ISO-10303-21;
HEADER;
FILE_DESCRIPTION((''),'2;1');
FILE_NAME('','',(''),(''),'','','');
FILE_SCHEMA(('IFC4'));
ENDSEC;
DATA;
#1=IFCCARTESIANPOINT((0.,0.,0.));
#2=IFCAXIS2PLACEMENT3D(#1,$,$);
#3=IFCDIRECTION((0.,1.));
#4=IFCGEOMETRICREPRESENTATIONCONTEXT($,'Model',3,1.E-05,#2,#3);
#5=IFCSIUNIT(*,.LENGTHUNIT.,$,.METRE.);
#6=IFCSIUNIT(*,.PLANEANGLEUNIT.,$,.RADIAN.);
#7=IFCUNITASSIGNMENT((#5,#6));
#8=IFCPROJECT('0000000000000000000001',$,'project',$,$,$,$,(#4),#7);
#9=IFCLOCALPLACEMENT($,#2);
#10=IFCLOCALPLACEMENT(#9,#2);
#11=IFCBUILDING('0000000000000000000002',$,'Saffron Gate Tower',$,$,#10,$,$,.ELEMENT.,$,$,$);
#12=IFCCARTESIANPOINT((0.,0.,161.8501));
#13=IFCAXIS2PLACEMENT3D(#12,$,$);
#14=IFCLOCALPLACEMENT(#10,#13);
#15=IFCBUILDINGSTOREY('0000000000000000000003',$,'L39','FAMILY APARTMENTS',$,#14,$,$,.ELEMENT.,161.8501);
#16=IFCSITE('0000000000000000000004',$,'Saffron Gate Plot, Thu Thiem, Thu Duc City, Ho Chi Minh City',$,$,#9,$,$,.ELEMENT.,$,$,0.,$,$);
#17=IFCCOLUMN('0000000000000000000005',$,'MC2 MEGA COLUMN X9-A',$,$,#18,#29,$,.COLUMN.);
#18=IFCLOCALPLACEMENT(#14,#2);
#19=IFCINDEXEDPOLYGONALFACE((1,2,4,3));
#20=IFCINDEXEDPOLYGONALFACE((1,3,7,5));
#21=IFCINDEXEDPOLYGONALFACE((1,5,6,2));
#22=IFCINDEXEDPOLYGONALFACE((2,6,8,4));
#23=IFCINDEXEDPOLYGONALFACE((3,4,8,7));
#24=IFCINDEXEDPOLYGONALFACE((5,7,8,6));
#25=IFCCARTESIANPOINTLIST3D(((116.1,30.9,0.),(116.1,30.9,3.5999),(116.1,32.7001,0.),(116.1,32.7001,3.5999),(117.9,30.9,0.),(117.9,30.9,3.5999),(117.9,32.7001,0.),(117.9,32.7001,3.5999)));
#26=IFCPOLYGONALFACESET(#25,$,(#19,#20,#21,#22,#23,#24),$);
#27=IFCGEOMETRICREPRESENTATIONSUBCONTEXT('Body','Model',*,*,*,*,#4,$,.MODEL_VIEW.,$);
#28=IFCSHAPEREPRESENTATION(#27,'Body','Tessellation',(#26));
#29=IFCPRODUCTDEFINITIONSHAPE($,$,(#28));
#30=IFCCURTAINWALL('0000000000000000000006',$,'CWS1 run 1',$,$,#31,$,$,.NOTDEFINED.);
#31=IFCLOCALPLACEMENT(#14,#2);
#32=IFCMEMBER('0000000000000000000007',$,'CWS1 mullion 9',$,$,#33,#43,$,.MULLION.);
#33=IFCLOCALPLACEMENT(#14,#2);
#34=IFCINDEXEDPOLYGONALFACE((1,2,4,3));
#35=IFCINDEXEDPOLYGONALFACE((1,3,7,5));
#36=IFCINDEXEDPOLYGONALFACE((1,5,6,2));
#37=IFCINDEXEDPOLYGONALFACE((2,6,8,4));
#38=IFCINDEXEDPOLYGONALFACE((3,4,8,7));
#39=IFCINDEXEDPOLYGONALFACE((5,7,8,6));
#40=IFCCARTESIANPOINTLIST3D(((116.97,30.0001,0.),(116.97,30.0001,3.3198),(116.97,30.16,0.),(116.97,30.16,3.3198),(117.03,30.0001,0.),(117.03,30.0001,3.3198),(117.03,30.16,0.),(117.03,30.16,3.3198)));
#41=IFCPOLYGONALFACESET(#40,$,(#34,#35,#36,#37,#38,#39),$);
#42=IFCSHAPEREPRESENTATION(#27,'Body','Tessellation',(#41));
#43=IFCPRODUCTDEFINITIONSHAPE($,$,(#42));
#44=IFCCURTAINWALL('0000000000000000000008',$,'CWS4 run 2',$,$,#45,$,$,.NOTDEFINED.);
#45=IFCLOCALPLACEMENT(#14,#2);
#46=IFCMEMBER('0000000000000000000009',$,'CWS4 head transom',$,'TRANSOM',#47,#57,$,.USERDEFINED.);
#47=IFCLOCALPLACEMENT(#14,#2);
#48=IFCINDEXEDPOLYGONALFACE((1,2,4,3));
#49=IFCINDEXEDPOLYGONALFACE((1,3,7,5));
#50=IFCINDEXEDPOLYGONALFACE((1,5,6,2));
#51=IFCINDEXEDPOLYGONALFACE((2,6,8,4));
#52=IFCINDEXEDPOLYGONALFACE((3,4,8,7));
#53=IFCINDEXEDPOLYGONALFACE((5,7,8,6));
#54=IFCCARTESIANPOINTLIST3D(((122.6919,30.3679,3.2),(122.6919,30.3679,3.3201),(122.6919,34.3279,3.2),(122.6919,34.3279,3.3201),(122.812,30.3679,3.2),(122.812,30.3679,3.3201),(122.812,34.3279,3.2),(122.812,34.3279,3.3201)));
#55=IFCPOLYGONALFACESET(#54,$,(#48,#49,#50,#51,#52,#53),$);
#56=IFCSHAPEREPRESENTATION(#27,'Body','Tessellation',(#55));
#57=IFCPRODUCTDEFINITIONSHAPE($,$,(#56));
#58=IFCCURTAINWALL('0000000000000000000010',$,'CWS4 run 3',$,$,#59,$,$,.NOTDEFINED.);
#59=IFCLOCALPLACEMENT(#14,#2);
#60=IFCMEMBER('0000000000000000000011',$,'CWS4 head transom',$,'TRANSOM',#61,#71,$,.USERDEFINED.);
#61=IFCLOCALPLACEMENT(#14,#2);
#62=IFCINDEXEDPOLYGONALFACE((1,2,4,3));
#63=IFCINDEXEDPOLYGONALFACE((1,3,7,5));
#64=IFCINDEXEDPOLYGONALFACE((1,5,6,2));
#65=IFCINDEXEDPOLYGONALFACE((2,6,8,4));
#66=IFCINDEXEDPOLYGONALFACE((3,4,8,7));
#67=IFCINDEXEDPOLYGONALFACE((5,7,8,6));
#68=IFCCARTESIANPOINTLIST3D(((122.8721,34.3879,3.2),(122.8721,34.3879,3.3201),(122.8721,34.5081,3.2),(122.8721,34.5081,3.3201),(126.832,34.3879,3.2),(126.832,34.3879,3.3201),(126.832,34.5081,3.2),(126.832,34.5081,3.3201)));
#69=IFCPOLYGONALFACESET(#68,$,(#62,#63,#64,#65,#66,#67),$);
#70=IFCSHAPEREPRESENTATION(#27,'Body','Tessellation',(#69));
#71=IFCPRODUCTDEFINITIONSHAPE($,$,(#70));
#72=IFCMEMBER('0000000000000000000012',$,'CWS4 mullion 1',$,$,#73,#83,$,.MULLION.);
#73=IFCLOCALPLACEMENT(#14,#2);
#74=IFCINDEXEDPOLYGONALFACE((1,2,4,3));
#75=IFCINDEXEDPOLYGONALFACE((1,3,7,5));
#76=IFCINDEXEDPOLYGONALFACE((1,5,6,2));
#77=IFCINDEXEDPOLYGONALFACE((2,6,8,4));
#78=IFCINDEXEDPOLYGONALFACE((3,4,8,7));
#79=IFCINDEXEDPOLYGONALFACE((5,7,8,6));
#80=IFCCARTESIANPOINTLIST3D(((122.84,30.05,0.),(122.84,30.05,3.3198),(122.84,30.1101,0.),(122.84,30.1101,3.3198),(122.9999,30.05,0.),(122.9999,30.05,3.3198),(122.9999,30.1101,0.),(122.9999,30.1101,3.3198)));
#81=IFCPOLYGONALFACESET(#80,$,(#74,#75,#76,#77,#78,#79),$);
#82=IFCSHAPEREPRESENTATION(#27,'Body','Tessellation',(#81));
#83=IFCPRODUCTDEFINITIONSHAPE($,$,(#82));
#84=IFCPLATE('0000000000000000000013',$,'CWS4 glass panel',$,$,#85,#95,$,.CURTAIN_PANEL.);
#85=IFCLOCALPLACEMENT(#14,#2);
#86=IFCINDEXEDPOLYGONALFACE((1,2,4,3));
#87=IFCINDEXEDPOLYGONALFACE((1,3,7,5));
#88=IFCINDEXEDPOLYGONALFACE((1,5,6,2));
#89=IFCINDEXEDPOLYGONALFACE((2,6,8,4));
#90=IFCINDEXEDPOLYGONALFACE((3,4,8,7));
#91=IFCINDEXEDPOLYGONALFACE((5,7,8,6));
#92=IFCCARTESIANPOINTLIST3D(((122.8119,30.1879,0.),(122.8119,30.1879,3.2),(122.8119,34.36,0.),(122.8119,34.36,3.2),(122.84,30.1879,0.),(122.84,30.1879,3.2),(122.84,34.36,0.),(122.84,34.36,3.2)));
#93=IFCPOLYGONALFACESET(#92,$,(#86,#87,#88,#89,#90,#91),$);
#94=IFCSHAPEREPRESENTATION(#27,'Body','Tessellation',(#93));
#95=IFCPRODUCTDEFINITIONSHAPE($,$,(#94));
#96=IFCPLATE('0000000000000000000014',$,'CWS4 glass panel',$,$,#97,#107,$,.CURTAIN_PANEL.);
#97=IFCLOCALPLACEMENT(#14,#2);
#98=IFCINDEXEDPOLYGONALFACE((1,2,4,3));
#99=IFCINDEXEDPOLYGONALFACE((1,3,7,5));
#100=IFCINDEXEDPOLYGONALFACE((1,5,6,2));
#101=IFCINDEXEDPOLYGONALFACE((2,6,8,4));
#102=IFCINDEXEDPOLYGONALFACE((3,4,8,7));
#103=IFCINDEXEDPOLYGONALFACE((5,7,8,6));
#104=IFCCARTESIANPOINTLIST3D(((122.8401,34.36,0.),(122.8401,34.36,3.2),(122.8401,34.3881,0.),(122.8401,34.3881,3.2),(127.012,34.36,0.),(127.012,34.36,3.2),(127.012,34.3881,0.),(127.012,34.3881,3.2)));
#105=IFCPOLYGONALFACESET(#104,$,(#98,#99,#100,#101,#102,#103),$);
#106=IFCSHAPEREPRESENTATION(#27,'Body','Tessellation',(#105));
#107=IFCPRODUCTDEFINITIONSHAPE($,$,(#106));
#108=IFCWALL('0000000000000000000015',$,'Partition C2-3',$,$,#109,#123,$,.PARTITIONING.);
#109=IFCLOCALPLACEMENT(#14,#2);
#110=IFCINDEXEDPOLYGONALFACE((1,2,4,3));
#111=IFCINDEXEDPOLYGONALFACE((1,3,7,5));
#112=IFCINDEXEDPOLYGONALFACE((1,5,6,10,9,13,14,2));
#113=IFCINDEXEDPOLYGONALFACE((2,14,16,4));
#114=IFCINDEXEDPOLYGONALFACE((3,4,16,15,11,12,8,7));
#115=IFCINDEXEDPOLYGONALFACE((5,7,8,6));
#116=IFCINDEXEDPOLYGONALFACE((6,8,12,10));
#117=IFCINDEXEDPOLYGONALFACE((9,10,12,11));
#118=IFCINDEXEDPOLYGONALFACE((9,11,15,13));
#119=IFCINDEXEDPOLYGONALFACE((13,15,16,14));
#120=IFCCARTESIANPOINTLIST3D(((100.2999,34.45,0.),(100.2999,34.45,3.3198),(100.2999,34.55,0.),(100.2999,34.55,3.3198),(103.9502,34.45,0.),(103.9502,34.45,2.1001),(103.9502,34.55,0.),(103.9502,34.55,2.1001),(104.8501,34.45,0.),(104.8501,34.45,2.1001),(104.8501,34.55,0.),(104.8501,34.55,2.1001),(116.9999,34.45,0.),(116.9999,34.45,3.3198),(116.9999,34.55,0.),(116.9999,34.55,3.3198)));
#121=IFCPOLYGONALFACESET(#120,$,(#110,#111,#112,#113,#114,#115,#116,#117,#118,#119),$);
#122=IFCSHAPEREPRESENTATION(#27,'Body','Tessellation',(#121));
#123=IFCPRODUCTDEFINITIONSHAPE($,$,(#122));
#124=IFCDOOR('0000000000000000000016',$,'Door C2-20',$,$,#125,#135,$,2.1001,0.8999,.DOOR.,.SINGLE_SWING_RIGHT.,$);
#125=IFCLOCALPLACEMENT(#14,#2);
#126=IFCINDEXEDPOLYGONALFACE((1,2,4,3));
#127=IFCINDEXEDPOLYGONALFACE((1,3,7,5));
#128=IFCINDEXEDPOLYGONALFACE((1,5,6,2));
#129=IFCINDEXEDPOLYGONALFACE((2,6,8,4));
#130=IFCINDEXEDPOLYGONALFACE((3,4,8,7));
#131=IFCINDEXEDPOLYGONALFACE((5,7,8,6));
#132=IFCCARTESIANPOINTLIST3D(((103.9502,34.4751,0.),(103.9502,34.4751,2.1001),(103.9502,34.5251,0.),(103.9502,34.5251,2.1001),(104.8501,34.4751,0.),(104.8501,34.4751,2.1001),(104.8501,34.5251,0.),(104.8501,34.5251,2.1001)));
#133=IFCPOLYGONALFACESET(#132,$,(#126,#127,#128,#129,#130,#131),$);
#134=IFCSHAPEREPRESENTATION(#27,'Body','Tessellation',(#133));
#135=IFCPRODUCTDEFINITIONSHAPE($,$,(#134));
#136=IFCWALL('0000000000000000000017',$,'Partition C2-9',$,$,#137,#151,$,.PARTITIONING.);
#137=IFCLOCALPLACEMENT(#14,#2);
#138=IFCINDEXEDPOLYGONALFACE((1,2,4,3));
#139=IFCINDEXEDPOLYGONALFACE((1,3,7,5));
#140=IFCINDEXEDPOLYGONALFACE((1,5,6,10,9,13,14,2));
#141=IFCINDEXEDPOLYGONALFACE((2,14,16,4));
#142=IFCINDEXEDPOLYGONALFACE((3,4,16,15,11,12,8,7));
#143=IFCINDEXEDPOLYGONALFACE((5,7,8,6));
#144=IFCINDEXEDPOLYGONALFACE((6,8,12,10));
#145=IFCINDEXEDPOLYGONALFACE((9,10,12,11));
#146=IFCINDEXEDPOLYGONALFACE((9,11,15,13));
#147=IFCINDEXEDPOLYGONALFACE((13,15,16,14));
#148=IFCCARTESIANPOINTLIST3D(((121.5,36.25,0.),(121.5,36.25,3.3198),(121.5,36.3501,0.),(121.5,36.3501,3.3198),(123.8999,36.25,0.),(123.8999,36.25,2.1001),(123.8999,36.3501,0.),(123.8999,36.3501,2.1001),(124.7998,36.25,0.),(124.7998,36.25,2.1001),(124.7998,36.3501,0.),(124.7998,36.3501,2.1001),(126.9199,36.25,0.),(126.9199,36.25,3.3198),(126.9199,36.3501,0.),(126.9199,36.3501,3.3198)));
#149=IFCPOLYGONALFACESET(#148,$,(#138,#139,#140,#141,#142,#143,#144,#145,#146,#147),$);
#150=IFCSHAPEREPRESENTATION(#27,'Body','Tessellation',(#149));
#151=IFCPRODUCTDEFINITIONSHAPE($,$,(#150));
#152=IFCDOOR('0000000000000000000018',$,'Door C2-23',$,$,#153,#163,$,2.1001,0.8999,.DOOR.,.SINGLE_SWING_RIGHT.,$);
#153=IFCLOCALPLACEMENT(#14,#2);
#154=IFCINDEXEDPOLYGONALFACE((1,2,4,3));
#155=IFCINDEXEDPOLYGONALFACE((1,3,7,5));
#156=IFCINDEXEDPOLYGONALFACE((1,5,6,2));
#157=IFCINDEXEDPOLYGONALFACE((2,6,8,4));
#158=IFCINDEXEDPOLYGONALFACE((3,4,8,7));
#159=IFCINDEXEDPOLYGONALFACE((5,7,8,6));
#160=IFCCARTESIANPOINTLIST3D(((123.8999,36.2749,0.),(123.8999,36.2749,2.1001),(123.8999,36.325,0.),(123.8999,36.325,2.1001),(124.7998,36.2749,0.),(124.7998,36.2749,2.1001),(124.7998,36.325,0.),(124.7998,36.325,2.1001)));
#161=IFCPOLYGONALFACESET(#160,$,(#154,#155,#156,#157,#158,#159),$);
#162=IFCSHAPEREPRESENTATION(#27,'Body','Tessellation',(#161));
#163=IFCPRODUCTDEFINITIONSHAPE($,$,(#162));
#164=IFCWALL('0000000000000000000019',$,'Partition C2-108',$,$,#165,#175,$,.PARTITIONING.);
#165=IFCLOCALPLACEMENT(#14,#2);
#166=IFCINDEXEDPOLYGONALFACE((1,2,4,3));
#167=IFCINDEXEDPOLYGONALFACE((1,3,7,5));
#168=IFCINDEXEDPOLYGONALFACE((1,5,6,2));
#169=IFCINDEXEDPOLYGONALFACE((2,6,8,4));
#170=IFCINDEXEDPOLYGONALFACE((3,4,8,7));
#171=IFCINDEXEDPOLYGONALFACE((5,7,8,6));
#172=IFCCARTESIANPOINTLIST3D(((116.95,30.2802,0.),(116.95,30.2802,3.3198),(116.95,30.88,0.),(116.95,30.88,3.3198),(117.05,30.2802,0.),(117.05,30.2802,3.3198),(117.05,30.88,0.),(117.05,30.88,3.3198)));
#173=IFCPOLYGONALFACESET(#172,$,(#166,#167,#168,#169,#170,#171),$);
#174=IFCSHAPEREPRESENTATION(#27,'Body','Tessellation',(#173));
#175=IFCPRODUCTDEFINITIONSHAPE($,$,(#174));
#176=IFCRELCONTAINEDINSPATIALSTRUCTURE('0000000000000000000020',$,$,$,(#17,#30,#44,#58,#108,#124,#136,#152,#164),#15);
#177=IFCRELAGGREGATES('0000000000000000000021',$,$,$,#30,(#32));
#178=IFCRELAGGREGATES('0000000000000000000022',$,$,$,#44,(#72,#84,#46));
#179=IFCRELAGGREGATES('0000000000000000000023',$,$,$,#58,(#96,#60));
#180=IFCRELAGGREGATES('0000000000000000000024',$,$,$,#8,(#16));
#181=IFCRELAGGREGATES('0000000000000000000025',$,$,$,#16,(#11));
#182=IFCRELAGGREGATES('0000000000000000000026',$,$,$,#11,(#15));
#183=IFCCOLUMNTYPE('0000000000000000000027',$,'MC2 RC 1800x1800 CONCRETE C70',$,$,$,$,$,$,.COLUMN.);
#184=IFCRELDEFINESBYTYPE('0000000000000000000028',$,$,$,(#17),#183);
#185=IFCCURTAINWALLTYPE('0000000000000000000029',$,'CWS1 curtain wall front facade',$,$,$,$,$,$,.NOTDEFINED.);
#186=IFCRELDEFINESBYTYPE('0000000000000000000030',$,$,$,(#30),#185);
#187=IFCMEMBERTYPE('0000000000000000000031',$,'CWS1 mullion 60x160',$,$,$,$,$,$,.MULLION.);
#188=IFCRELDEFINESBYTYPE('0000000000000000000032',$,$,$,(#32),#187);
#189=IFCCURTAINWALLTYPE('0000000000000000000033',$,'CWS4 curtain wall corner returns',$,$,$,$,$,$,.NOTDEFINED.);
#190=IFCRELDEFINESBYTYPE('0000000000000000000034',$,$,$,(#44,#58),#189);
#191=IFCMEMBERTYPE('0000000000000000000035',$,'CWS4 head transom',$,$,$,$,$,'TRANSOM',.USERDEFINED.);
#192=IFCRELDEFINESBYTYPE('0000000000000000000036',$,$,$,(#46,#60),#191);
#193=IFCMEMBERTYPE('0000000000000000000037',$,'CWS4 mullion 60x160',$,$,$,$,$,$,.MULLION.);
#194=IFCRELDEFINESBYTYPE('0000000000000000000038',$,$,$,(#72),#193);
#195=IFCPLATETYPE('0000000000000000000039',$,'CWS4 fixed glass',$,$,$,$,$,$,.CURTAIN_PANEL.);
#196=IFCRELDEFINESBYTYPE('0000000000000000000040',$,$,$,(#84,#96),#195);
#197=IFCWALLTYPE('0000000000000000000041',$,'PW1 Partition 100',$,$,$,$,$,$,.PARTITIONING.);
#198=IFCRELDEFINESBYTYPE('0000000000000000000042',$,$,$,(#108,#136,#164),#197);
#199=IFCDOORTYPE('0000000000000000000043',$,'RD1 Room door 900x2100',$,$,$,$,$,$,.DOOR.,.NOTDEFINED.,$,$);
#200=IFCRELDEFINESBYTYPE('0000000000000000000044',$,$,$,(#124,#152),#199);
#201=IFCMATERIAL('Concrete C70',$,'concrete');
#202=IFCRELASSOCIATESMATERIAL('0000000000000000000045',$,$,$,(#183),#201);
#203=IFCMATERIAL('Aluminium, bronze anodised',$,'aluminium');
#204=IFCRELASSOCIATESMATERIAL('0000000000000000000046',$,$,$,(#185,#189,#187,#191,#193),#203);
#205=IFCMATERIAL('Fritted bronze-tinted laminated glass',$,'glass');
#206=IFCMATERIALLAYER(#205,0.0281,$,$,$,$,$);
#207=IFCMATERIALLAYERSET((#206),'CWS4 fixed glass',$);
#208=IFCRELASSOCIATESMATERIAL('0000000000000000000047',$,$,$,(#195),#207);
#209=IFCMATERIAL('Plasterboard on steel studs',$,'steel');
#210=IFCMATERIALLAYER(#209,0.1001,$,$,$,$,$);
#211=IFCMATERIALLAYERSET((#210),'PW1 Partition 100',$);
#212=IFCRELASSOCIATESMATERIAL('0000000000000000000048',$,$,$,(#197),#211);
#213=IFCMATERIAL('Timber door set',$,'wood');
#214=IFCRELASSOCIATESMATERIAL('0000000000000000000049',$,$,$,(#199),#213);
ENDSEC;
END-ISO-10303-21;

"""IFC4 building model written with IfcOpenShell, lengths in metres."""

from ifc_helpers import new_model, si_unit, direction, frame, frame_2d, origin, origin_2d, place, context, subcontext, project, spatial, rectangle, extrude, material, layer, layer_set, material_profile, profile_set, type_object, element, fill, aggregate, save


model = new_model("IFC4")

# Units and contexts
model_context = context("Model", 3, precision=1e-05, world=origin(), true_north=direction((0.0, 1.0)))
body_context = subcontext(model_context, "Body", "Model", "MODEL_VIEW")
ifc_project = project(units=[si_unit("LENGTHUNIT", "METRE"), si_unit("PLANEANGLEUNIT", "RADIAN")], contexts=[model_context])

# Site, building, storey
site_placement = place(None, origin())
site = spatial("IfcSite", under=ifc_project, at=site_placement, Name="Saffron Gate Plot, Thu Thiem, Thu Duc City, Ho Chi Minh City", CompositionType="ELEMENT", RefElevation=0.0)
building_placement = place(site_placement, origin())
building = spatial("IfcBuilding", under=site, at=building_placement, Name="Saffron Gate Tower", CompositionType="ELEMENT")
storey_placement = place(building_placement, frame((0.0, 0.0, 161.8501)))
storey = spatial("IfcBuildingStorey", under=building, at=storey_placement, Name="L39", Description="FAMILY APARTMENTS", CompositionType="ELEMENT", Elevation=161.8501)

# Column
ifc_material_1 = material(Name="Concrete C70", Category="concrete")
ifc_material_profile_1 = material_profile(ifc_material_1, rectangle(XDim=1.8, YDim=1.8, at=origin_2d()))
ifc_profile_set_1 = profile_set([ifc_material_profile_1], Name="Concrete C70")
column_type = type_object("IfcColumnType", Name="MC2 RC 1800x1800 CONCRETE C70", PredefinedType="COLUMN", material=ifc_profile_set_1)
column_placement = place(storey_placement, frame((117.0, 31.8, 0.0), z_axis=(0.0, 0.0, 1.0), x_axis=(1.0, 0.0, 0.0)))
element("IfcColumn", 1, at=column_placement, inside=storey, type_object=column_type, Name="MC2 MEGA COLUMN X9-A", PredefinedType="COLUMN", context=body_context, shape_type="SweptSolid", body=[
    extrude(rectangle(XDim=1.8, YDim=1.8, at=origin_2d()), origin(), (0.0, 0.0, 1.0), 3.5999),
])

# Curtain walls, members
ifc_material_2 = material(Name="Aluminium, bronze anodised", Category="aluminium")
curtain_wall_type_1 = type_object("IfcCurtainWallType", Name="CWS1 curtain wall front facade", PredefinedType="NOTDEFINED", material=ifc_material_2)
curtain_wall_1_placement = place(storey_placement, origin())
curtain_wall_1 = element("IfcCurtainWall", 2, at=curtain_wall_1_placement, inside=storey, type_object=curtain_wall_type_1, Name="CWS1 run 1", PredefinedType="NOTDEFINED")
ifc_material_profile_2 = material_profile(ifc_material_2, rectangle(XDim=0.1599, YDim=0.0601, at=origin_2d()))
ifc_profile_set_2 = profile_set([ifc_material_profile_2], Name="Aluminium, bronze anodised")
member_type_1 = type_object("IfcMemberType", Name="CWS1 mullion 60x160", PredefinedType="MULLION", material=ifc_profile_set_2)
member_1_placement = place(storey_placement, frame((117.0, 30.0801, 0.0), z_axis=(0.0, 0.0, 1.0), x_axis=(0.0, 1.0, 0.0)))
member_1 = element("IfcMember", 3, at=member_1_placement, type_object=member_type_1, Name="CWS1 mullion 9", PredefinedType="MULLION", context=body_context, shape_type="SweptSolid", body=[
    extrude(rectangle(XDim=0.1599, YDim=0.0601, at=origin_2d()), origin(), (0.0, 0.0, 1.0), 3.3198),
])
aggregate(curtain_wall_1, [member_1])
curtain_wall_type_2 = type_object("IfcCurtainWallType", Name="CWS4 curtain wall corner returns", PredefinedType="NOTDEFINED", material=ifc_material_2)
curtain_wall_2_placement = place(storey_placement, origin())
curtain_wall_2 = element("IfcCurtainWall", 4, at=curtain_wall_2_placement, inside=storey, type_object=curtain_wall_type_2, Name="CWS4 run 2", PredefinedType="NOTDEFINED")
ifc_material_profile_3 = material_profile(ifc_material_2, rectangle(XDim=0.1201, YDim=0.1201, at=origin_2d()))
ifc_profile_set_3 = profile_set([ifc_material_profile_3], Name="Aluminium, bronze anodised")
member_type_2 = type_object("IfcMemberType", Name="CWS4 head transom", ElementType="TRANSOM", PredefinedType="USERDEFINED", material=ifc_profile_set_3)
member_2_placement = place(storey_placement, frame((122.752, 30.3679, 3.26), z_axis=(0.0, 1.0, 0.0), x_axis=(-1.0, 0.0, 0.0)))
member_2 = element("IfcMember", 5, at=member_2_placement, type_object=member_type_2, Name="CWS4 head transom", ObjectType="TRANSOM", PredefinedType="USERDEFINED", context=body_context, shape_type="SweptSolid", body=[
    extrude(rectangle(XDim=0.1201, YDim=0.1201, at=origin_2d()), origin(), (0.0, 0.0, 1.0), 3.96),
])
curtain_wall_3_placement = place(storey_placement, origin())
curtain_wall_3 = element("IfcCurtainWall", 6, at=curtain_wall_3_placement, inside=storey, type_object=curtain_wall_type_2, Name="CWS4 run 3", PredefinedType="NOTDEFINED")
member_3_placement = place(storey_placement, frame((122.8721, 34.448, 3.26), z_axis=(1.0, 0.0, 0.0), x_axis=(0.0, 1.0, 0.0)))
member_3 = element("IfcMember", 7, at=member_3_placement, type_object=member_type_2, Name="CWS4 head transom", ObjectType="TRANSOM", PredefinedType="USERDEFINED", context=body_context, shape_type="SweptSolid", body=[
    extrude(rectangle(XDim=0.1201, YDim=0.1201, at=origin_2d()), origin(), (0.0, 0.0, 1.0), 3.96),
])

# Member
ifc_material_profile_4 = material_profile(ifc_material_2, rectangle(XDim=0.1599, YDim=0.0601, at=origin_2d()))
ifc_profile_set_4 = profile_set([ifc_material_profile_4], Name="Aluminium, bronze anodised")
member_type_3 = type_object("IfcMemberType", Name="CWS4 mullion 60x160", PredefinedType="MULLION", material=ifc_profile_set_4)
member_4_placement = place(storey_placement, frame((122.9199, 30.0801, 0.0), z_axis=(0.0, 0.0, 1.0), x_axis=(-1.0, 0.0, 0.0)))
member_4 = element("IfcMember", 8, at=member_4_placement, type_object=member_type_3, Name="CWS4 mullion 1", PredefinedType="MULLION", context=body_context, shape_type="SweptSolid", body=[
    extrude(rectangle(XDim=0.1599, YDim=0.0601, at=origin_2d()), origin(), (0.0, 0.0, 1.0), 3.3198),
])

# Plates
ifc_material_3 = material(Name="Fritted bronze-tinted laminated glass", Category="glass")
ifc_layer_1 = layer(ifc_material_3, 0.0281)
ifc_layer_set_1 = layer_set([ifc_layer_1], Name="CWS4 fixed glass")
plate_type = type_object("IfcPlateType", Name="CWS4 fixed glass", PredefinedType="CURTAIN_PANEL", material=ifc_layer_set_1)
plate_1_placement = place(storey_placement, frame((122.8259, 30.188, 0.0), z_axis=(0.0, 0.0, 1.0), x_axis=(0.0, 1.0, 0.0)))
plate_1 = element("IfcPlate", 9, at=plate_1_placement, type_object=plate_type, Name="CWS4 glass panel", PredefinedType="CURTAIN_PANEL", context=body_context, shape_type="SweptSolid", body=[
    extrude(rectangle(XDim=4.1721, YDim=0.0281, at=frame_2d((2.0859, 0.0))), origin(), (0.0, 0.0, 1.0), 3.2),
])
aggregate(curtain_wall_2, [member_4, plate_1, member_2])
plate_2_placement = place(storey_placement, frame((122.8401, 34.374, 0.0), z_axis=(0.0, 0.0, 1.0), x_axis=(1.0, 0.0, 0.0)))
plate_2 = element("IfcPlate", 10, at=plate_2_placement, type_object=plate_type, Name="CWS4 glass panel", PredefinedType="CURTAIN_PANEL", context=body_context, shape_type="SweptSolid", body=[
    extrude(rectangle(XDim=4.1719, YDim=0.0281, at=frame_2d((2.0859, 0.0))), origin(), (0.0, 0.0, 1.0), 3.2),
])
aggregate(curtain_wall_3, [plate_2, member_3])

# Walls, openings, doors
ifc_material_4 = material(Name="Plasterboard on steel studs", Category="steel")
ifc_layer_2 = layer(ifc_material_4, 0.1001)
ifc_layer_set_2 = layer_set([ifc_layer_2], Name="PW1 Partition 100")
wall_type = type_object("IfcWallType", Name="PW1 Partition 100", PredefinedType="PARTITIONING", material=ifc_layer_set_2)
wall_1_placement = place(storey_placement, frame((117.0, 34.5, 0.0), z_axis=(0.0, 0.0, 1.0), x_axis=(-1.0, 0.0, 0.0)))
wall_1 = element("IfcWall", 11, at=wall_1_placement, inside=storey, type_object=wall_type, Name="Partition C2-3", PredefinedType="PARTITIONING", context=body_context, shape_type="SweptSolid", body=[
    extrude(rectangle(XDim=16.7, YDim=0.1001, at=frame_2d((8.3501, 0.0))), origin(), (0.0, 0.0, 1.0), 3.3198),
])
opening_1_placement = place(wall_1_placement, frame((12.1499, 0.0, 0.0)))
opening_1 = element("IfcOpeningElement", 12, at=opening_1_placement, cuts=wall_1, PredefinedType="OPENING", context=body_context, shape_type="SweptSolid", body=[
    extrude(rectangle(XDim=0.8999, YDim=2.1001, at=frame_2d((0.45, 1.05))), frame((0.0, 0.0601, 0.0), z_axis=(0.0, -1.0, 0.0), x_axis=(1.0, 0.0, 0.0)), (0.0, 0.0, 1.0), 0.1201),
])
ifc_material_5 = material(Name="Timber door set", Category="wood")
door_type = type_object("IfcDoorType", Name="RD1 Room door 900x2100", OperationType="NOTDEFINED", PredefinedType="DOOR", material=ifc_material_5)
door_1_placement = place(opening_1_placement, origin())
door_1 = element("IfcDoor", 13, at=door_1_placement, inside=storey, type_object=door_type, Name="Door C2-20", OperationType="SINGLE_SWING_RIGHT", OverallHeight=2.1001, OverallWidth=0.8999, PredefinedType="DOOR", context=body_context, shape_type="SweptSolid", body=[
    extrude(rectangle(XDim=0.8999, YDim=2.1001, at=frame_2d((0.45, 1.05))), frame((0.0, 0.0249, 0.0), z_axis=(0.0, -1.0, 0.0), x_axis=(1.0, 0.0, 0.0)), (0.0, 0.0, 1.0), 0.05),
])
fill(opening_1, door_1)
wall_2_placement = place(storey_placement, frame((121.5, 36.3, 0.0), z_axis=(0.0, 0.0, 1.0), x_axis=(1.0, 0.0, 0.0)))
wall_2 = element("IfcWall", 14, at=wall_2_placement, inside=storey, type_object=wall_type, Name="Partition C2-9", PredefinedType="PARTITIONING", context=body_context, shape_type="SweptSolid", body=[
    extrude(rectangle(XDim=5.4199, YDim=0.1001, at=frame_2d((2.71, 0.0))), origin(), (0.0, 0.0, 1.0), 3.3198),
])
opening_2_placement = place(wall_2_placement, frame((2.3999, 0.0, 0.0)))
opening_2 = element("IfcOpeningElement", 15, at=opening_2_placement, cuts=wall_2, PredefinedType="OPENING", context=body_context, shape_type="SweptSolid", body=[
    extrude(rectangle(XDim=0.8999, YDim=2.1001, at=frame_2d((0.45, 1.05))), frame((0.0, 0.0601, 0.0), z_axis=(0.0, -1.0, 0.0), x_axis=(1.0, 0.0, 0.0)), (0.0, 0.0, 1.0), 0.1201),
])
door_2_placement = place(opening_2_placement, origin())
door_2 = element("IfcDoor", 16, at=door_2_placement, inside=storey, type_object=door_type, Name="Door C2-23", OperationType="SINGLE_SWING_RIGHT", OverallHeight=2.1001, OverallWidth=0.8999, PredefinedType="DOOR", context=body_context, shape_type="SweptSolid", body=[
    extrude(rectangle(XDim=0.8999, YDim=2.1001, at=frame_2d((0.45, 1.05))), frame((0.0, 0.0249, 0.0), z_axis=(0.0, -1.0, 0.0), x_axis=(1.0, 0.0, 0.0)), (0.0, 0.0, 1.0), 0.05),
])
fill(opening_2, door_2)

# Wall
wall_3_placement = place(storey_placement, frame((117.0, 30.8799, 0.0), z_axis=(0.0, 0.0, 1.0), x_axis=(0.0, -1.0, 0.0)))
element("IfcWall", 17, at=wall_3_placement, inside=storey, type_object=wall_type, Name="Partition C2-108", PredefinedType="PARTITIONING", context=body_context, shape_type="SweptSolid", body=[
    extrude(rectangle(XDim=0.5999, YDim=0.1001, at=frame_2d((0.2998, 0.0))), origin(), (0.0, 0.0, 1.0), 3.3198),
])

save(model, "model.ifc")
